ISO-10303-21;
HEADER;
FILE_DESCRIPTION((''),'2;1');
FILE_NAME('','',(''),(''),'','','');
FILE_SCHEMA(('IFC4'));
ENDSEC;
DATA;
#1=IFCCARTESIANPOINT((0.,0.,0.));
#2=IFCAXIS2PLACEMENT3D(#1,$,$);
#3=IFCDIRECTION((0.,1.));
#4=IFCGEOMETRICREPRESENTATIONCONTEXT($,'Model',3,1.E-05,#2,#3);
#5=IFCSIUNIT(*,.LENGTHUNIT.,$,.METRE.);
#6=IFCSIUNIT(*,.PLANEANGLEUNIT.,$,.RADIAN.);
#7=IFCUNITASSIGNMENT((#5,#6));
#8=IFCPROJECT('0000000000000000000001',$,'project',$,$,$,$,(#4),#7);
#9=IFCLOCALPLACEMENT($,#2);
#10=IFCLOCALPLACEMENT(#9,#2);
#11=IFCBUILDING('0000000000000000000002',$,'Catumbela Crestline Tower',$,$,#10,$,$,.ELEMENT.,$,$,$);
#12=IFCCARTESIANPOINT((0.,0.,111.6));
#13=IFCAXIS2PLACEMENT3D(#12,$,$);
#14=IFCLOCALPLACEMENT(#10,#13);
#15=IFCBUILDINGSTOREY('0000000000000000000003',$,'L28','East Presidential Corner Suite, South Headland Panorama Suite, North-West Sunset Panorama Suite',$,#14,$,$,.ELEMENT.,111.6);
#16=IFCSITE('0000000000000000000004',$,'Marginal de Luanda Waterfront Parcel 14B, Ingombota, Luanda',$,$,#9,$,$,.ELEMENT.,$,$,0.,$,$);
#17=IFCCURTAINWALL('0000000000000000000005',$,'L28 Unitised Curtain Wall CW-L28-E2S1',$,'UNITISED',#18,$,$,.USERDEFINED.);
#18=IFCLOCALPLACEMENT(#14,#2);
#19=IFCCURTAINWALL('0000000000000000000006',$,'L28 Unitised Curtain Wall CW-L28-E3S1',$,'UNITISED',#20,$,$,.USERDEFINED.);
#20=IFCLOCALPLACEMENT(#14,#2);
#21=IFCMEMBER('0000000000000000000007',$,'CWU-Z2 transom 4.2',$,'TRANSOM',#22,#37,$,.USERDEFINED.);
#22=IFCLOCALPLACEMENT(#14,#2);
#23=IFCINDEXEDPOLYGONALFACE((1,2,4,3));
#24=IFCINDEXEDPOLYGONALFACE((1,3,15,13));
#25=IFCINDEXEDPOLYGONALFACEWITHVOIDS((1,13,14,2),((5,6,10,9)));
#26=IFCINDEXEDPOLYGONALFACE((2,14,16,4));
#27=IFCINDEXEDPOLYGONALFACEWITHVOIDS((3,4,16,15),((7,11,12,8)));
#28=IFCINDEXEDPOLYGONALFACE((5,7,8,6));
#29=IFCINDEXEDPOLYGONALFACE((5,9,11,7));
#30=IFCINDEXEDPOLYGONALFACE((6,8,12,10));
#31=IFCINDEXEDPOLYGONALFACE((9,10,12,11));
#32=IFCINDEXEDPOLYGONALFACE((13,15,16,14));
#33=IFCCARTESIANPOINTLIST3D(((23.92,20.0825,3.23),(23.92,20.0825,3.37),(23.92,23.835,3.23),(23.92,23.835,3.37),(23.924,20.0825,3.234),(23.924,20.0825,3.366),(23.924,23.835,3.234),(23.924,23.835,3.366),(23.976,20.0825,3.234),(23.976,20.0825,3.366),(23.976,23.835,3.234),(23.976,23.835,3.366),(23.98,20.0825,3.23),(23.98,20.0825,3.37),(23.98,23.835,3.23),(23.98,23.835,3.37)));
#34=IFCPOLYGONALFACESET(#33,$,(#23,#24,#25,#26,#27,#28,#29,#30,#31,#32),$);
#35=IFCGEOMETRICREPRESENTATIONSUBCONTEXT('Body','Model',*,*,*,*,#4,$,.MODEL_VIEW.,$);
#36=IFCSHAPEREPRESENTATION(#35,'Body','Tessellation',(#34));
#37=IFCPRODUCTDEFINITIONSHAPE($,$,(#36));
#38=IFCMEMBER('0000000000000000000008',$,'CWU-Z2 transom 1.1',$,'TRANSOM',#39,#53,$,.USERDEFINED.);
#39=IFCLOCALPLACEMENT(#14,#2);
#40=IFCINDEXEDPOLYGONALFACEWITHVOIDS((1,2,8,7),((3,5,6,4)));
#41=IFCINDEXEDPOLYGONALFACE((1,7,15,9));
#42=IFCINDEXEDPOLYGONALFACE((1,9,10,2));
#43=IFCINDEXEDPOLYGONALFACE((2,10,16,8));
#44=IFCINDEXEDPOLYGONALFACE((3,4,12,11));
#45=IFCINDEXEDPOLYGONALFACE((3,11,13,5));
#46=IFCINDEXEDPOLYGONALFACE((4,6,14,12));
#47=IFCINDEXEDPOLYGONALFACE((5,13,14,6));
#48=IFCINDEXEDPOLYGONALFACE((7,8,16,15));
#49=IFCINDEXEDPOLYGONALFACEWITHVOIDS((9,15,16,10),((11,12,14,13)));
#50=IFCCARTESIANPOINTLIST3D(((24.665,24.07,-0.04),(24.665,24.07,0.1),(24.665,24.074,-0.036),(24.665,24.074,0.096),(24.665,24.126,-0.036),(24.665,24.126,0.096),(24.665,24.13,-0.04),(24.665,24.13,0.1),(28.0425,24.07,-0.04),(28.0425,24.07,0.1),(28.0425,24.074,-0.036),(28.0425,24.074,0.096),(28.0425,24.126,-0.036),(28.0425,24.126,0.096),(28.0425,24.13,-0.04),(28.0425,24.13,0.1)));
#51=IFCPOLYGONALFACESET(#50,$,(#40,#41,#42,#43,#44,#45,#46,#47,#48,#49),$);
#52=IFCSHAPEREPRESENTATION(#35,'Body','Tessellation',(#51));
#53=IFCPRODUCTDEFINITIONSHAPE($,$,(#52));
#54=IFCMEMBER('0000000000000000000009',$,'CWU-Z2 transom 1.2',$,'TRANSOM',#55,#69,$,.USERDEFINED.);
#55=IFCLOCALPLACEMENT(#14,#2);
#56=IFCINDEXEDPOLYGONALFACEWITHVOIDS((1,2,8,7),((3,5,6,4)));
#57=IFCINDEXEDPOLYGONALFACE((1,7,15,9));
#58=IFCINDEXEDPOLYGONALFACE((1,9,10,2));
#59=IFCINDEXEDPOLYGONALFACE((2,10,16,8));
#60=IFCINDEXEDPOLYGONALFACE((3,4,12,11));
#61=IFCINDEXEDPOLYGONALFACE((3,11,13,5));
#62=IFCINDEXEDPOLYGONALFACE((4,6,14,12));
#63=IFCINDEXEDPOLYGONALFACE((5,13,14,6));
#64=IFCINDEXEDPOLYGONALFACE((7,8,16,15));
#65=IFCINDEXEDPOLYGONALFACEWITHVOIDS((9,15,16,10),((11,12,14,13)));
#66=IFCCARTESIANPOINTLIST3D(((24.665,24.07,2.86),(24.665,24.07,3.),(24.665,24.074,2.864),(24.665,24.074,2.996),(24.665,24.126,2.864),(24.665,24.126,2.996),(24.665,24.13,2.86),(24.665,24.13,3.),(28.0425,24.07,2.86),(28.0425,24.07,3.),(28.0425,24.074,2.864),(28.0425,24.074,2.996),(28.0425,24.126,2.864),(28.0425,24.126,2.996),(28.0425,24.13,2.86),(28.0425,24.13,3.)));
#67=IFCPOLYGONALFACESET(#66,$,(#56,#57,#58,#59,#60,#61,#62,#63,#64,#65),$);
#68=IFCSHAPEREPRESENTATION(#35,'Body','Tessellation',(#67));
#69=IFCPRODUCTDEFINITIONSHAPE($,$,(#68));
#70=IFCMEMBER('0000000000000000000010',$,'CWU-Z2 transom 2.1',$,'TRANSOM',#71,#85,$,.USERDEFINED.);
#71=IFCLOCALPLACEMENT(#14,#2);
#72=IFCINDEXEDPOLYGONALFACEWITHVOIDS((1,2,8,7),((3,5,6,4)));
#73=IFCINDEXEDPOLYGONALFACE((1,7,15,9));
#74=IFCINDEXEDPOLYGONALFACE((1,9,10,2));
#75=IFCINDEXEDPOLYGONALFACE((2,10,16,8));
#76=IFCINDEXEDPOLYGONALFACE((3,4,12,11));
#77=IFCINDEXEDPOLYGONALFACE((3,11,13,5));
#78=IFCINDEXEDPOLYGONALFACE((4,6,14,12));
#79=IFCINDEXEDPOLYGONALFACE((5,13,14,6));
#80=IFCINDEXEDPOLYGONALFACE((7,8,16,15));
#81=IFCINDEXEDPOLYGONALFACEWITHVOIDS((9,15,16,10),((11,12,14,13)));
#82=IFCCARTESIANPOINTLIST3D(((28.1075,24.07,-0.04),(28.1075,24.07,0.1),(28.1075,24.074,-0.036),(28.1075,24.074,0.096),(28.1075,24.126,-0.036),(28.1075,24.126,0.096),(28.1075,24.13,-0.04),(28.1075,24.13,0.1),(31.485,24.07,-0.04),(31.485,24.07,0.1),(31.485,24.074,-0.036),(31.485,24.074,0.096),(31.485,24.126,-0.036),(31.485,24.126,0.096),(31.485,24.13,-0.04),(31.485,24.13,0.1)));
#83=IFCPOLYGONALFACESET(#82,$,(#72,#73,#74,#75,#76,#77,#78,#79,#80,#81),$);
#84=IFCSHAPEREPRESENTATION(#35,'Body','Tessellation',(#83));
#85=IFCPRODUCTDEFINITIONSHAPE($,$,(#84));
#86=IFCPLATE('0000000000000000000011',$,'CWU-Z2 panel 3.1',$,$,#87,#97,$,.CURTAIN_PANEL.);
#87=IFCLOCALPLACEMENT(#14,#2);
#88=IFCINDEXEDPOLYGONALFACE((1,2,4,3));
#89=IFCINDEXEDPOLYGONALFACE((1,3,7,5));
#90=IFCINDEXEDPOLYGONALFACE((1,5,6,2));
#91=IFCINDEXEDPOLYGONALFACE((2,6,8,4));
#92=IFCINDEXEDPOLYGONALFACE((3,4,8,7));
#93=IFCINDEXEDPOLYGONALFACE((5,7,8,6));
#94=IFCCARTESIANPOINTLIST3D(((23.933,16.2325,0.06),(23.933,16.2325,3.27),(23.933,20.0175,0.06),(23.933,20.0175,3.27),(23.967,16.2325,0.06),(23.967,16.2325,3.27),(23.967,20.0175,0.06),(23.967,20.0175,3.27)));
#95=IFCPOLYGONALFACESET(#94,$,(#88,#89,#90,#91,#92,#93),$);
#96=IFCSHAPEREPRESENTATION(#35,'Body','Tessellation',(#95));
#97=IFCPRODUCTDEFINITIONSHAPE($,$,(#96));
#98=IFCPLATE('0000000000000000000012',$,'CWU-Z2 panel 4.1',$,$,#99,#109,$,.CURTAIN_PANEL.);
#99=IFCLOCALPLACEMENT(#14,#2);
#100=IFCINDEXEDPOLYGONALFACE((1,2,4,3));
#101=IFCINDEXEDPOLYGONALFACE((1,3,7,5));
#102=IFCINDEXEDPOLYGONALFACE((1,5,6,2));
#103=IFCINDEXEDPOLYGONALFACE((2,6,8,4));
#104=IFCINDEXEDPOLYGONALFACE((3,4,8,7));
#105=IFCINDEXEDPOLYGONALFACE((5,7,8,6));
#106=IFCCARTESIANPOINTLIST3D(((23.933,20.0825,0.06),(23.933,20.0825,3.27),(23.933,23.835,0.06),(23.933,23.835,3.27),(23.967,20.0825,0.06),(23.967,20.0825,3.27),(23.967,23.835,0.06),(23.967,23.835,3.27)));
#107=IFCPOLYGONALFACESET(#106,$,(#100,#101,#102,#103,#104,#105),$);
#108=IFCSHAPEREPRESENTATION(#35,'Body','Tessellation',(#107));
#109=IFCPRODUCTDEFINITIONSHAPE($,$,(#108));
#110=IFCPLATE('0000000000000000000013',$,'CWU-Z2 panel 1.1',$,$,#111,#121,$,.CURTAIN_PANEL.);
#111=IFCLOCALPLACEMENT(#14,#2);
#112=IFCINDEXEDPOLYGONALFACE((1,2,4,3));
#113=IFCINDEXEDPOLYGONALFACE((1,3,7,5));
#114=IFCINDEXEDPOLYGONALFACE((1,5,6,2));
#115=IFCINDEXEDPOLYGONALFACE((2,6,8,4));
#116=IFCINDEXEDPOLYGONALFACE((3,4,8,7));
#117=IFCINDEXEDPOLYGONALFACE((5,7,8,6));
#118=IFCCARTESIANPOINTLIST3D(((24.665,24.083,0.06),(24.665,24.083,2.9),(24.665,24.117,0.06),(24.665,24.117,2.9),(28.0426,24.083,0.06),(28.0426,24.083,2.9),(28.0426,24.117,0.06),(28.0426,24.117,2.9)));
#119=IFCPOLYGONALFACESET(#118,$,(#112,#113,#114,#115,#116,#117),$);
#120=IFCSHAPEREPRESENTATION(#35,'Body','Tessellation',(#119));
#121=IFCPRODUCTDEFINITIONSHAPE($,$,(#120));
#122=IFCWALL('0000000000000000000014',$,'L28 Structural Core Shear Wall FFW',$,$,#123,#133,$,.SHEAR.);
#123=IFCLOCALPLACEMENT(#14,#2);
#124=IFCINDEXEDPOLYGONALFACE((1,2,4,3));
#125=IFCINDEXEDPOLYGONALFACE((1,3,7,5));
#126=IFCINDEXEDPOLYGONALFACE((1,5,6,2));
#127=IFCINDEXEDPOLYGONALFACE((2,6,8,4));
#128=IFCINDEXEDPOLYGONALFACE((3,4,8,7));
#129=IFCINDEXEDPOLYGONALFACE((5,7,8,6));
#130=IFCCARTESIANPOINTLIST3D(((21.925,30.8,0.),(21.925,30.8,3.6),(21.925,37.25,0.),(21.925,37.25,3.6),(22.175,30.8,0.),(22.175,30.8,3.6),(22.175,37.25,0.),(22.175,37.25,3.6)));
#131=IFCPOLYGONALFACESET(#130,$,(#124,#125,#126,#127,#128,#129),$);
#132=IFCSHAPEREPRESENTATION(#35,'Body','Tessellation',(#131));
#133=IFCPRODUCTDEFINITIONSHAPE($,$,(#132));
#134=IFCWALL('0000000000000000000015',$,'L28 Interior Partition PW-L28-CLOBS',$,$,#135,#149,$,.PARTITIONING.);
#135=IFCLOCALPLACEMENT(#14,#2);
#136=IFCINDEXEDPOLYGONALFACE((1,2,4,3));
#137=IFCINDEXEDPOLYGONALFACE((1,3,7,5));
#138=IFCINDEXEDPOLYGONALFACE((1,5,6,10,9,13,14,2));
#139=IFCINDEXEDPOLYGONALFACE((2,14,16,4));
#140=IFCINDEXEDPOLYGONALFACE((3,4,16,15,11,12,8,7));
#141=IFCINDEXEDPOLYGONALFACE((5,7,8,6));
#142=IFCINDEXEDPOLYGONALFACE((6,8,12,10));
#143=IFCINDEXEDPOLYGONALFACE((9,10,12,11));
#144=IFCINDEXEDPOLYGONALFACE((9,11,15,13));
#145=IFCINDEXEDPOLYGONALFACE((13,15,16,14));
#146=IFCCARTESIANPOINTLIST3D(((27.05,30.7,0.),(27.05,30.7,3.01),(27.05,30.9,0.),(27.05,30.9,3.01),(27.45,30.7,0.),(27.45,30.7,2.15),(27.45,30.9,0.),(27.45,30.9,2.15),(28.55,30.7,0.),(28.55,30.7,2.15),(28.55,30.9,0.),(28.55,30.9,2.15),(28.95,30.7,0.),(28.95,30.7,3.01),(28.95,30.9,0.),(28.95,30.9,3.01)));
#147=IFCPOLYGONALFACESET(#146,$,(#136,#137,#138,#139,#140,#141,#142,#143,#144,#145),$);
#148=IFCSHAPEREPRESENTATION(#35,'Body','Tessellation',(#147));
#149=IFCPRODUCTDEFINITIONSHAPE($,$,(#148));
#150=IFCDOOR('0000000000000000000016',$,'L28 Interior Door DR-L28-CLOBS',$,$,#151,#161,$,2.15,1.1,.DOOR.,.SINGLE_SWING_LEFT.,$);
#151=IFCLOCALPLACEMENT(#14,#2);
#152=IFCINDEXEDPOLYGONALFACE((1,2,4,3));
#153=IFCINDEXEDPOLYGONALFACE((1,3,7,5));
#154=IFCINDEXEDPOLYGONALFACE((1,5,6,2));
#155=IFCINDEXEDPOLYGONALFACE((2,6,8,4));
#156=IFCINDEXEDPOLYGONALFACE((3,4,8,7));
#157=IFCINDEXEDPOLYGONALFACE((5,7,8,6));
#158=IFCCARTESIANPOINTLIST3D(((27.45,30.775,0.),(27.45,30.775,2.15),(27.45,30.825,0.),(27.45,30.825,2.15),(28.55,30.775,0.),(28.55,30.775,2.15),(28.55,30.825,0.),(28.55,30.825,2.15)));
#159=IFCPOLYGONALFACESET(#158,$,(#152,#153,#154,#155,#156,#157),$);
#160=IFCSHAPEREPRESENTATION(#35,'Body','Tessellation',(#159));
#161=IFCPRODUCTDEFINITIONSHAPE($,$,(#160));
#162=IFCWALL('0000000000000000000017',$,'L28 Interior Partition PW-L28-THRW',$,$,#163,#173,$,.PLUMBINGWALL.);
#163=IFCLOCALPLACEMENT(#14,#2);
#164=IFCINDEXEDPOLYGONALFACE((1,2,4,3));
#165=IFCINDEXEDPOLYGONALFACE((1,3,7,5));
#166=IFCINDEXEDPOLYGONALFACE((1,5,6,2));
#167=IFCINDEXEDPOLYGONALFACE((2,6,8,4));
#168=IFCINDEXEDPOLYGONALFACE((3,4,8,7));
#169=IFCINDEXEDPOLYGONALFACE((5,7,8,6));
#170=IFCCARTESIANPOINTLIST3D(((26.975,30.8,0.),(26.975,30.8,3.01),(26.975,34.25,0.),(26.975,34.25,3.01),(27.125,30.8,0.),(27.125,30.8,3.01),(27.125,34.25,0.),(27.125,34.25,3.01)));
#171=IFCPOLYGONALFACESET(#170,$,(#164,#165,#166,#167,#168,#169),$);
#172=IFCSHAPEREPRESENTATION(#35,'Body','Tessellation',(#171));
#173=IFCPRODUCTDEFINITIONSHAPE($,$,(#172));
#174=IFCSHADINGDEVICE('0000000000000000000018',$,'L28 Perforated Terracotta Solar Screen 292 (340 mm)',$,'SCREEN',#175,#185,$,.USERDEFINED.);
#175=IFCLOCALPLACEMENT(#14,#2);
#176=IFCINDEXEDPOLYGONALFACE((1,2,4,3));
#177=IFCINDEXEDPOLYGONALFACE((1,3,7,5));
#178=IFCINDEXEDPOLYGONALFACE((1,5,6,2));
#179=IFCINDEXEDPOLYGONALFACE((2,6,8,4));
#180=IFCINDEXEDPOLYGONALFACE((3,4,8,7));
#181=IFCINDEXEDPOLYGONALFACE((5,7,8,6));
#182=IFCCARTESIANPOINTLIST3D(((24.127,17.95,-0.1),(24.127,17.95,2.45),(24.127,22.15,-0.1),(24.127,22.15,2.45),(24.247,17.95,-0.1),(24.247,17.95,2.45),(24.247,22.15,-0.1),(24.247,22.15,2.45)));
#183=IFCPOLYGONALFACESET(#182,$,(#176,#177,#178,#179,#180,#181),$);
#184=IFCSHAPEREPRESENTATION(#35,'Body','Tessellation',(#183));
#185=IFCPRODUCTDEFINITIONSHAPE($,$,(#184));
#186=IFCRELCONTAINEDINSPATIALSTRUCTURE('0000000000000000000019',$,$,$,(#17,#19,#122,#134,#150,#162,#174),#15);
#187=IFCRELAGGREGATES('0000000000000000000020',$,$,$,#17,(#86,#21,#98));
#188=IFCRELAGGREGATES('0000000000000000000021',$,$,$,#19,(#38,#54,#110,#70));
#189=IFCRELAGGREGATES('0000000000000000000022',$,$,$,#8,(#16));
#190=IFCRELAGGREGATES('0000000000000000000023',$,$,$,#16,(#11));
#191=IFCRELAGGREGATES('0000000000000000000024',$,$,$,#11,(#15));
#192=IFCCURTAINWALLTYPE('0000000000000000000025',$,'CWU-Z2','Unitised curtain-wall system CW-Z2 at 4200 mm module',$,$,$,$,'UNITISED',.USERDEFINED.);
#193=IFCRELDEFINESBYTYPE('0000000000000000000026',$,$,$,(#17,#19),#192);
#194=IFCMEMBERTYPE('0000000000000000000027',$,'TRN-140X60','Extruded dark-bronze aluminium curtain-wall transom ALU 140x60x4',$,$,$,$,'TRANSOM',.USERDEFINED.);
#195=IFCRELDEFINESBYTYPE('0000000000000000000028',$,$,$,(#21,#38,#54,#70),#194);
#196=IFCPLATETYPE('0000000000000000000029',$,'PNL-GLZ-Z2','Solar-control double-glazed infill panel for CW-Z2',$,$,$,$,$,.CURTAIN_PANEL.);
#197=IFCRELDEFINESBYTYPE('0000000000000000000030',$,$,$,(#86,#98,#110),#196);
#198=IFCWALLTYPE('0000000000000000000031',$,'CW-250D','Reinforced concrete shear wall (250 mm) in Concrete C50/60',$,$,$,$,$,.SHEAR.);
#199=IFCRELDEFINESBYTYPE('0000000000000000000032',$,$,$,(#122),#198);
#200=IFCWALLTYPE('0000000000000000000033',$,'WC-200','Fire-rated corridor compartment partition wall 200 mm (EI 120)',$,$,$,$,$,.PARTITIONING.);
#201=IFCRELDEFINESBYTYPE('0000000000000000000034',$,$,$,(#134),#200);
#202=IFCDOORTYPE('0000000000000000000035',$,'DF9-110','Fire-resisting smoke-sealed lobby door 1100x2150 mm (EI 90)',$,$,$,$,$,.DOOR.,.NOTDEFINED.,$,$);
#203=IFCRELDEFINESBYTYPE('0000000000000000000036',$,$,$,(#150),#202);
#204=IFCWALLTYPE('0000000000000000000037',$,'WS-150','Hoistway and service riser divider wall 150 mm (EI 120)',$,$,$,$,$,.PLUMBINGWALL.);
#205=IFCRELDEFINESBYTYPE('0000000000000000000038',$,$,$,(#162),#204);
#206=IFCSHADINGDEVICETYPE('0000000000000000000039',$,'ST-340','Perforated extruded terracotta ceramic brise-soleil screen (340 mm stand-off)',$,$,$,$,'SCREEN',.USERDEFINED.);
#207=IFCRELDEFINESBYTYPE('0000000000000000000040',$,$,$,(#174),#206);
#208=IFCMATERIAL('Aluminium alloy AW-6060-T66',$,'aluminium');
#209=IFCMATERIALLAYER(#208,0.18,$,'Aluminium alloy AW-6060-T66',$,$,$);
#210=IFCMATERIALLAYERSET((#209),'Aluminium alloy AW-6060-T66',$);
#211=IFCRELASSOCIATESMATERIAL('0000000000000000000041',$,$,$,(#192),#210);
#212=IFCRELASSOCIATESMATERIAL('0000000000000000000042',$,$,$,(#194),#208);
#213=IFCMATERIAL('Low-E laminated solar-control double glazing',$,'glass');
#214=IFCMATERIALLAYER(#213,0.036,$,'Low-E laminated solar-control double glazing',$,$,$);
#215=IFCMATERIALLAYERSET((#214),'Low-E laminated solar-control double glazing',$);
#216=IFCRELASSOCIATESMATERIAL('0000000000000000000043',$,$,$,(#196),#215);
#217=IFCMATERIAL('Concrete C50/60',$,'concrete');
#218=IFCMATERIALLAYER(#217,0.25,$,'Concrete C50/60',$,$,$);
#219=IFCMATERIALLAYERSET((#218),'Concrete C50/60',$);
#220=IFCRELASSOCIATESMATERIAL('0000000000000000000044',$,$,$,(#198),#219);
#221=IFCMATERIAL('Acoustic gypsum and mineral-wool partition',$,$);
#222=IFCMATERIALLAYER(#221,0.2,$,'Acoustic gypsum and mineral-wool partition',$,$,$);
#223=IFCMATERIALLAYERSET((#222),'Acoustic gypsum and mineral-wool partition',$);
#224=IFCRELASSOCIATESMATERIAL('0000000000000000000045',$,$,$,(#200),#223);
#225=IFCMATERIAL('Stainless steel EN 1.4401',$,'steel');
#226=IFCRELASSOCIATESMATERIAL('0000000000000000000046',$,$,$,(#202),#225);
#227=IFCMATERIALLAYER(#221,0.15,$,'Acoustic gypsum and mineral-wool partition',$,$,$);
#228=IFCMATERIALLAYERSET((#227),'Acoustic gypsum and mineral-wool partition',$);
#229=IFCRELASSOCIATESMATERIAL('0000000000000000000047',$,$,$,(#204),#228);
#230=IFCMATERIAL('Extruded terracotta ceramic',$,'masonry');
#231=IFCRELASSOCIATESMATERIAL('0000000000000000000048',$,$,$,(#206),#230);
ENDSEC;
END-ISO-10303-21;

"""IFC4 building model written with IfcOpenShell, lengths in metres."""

from ifc_helpers import new_model, si_unit, direction, frame, frame_2d, origin, origin_2d, place, context, subcontext, project, spatial, rectangle, hollow_rectangle, extrude, material, layer, layer_set, material_profile, profile_set, type_object, element, fill, aggregate, save


model = new_model("IFC4")

# Units and contexts
model_context = context("Model", 3, precision=1e-05, world=origin(), true_north=direction((0.0, 1.0)))
body_context = subcontext(model_context, "Body", "Model", "MODEL_VIEW")
ifc_project = project(units=[si_unit("LENGTHUNIT", "METRE"), si_unit("PLANEANGLEUNIT", "RADIAN")], contexts=[model_context])

# Site, building, storey
site_placement = place(None, origin())
site = spatial("IfcSite", under=ifc_project, at=site_placement, Name="Marginal de Luanda Waterfront Parcel 14B, Ingombota, Luanda", CompositionType="ELEMENT", RefElevation=0.0)
building_placement = place(site_placement, origin())
building = spatial("IfcBuilding", under=site, at=building_placement, Name="Catumbela Crestline Tower", CompositionType="ELEMENT")
storey_placement = place(building_placement, frame((0.0, 0.0, 111.6)))
storey = spatial("IfcBuildingStorey", under=building, at=storey_placement, Name="L28", Description="East Presidential Corner Suite, South Headland Panorama Suite, North-West Sunset Panorama Suite", CompositionType="ELEMENT", Elevation=111.6)

# Shared definitions
ifc_material_1 = material(Name="Concrete C50/60", Category="concrete")

# Curtain walls
ifc_material_2 = material(Name="Aluminium alloy AW-6060-T66", Category="aluminium")
ifc_layer_1 = layer(ifc_material_2, 0.18, Name="Aluminium alloy AW-6060-T66")
ifc_layer_set_1 = layer_set([ifc_layer_1], Name="Aluminium alloy AW-6060-T66")
curtain_wall_type = type_object("IfcCurtainWallType", Name="CWU-Z2", Description="Unitised curtain-wall system CW-Z2 at 4200 mm module", ElementType="UNITISED", PredefinedType="USERDEFINED", material=ifc_layer_set_1)
curtain_wall_1_placement = place(storey_placement, origin())
curtain_wall_1 = element("IfcCurtainWall", 1, at=curtain_wall_1_placement, inside=storey, type_object=curtain_wall_type, Name="L28 Unitised Curtain Wall CW-L28-E2S1", ObjectType="UNITISED", PredefinedType="USERDEFINED")
curtain_wall_2_placement = place(storey_placement, origin())
curtain_wall_2 = element("IfcCurtainWall", 2, at=curtain_wall_2_placement, inside=storey, type_object=curtain_wall_type, Name="L28 Unitised Curtain Wall CW-L28-E3S1", ObjectType="UNITISED", PredefinedType="USERDEFINED")

# Members
ifc_material_profile_1 = material_profile(ifc_material_2, hollow_rectangle(XDim=0.06, YDim=0.14, WallThickness=0.004, at=origin_2d()), Name="ALU 140x60x4")
ifc_profile_set_1 = profile_set([ifc_material_profile_1], Name="Aluminium alloy AW-6060-T66")
member_type_1 = type_object("IfcMemberType", Name="TRN-140X60", Description="Extruded dark-bronze aluminium curtain-wall transom ALU 140x60x4", ElementType="TRANSOM", PredefinedType="USERDEFINED", material=ifc_profile_set_1)
member_1_placement = place(storey_placement, frame((23.95, 20.0825, 3.3), z_axis=(0.0, 1.0, 0.0), x_axis=(-1.0, 0.0, 0.0)))
member_1 = element("IfcMember", 3, at=member_1_placement, type_object=member_type_1, Name="CWU-Z2 transom 4.2", ObjectType="TRANSOM", PredefinedType="USERDEFINED", context=body_context, shape_type="SweptSolid", body=[
    extrude(hollow_rectangle(XDim=0.06, YDim=0.14, WallThickness=0.004, at=origin_2d()), origin(), (0.0, 0.0, 1.0), 3.7525),
])
member_2_placement = place(storey_placement, frame((24.665, 24.1, 0.03), z_axis=(1.0, 0.0, 0.0), x_axis=(0.0, 1.0, 0.0)))
member_2 = element("IfcMember", 4, at=member_2_placement, type_object=member_type_1, Name="CWU-Z2 transom 1.1", ObjectType="TRANSOM", PredefinedType="USERDEFINED", context=body_context, shape_type="SweptSolid", body=[
    extrude(hollow_rectangle(XDim=0.06, YDim=0.14, WallThickness=0.004, at=origin_2d()), origin(), (0.0, 0.0, 1.0), 3.3775),
])
member_3_placement = place(storey_placement, frame((24.665, 24.1, 2.93), z_axis=(1.0, 0.0, 0.0), x_axis=(0.0, 1.0, 0.0)))
member_3 = element("IfcMember", 5, at=member_3_placement, type_object=member_type_1, Name="CWU-Z2 transom 1.2", ObjectType="TRANSOM", PredefinedType="USERDEFINED", context=body_context, shape_type="SweptSolid", body=[
    extrude(hollow_rectangle(XDim=0.06, YDim=0.14, WallThickness=0.004, at=origin_2d()), origin(), (0.0, 0.0, 1.0), 3.3775),
])
member_4_placement = place(storey_placement, frame((28.1075, 24.1, 0.03), z_axis=(1.0, 0.0, 0.0), x_axis=(0.0, 1.0, 0.0)))
member_4 = element("IfcMember", 6, at=member_4_placement, type_object=member_type_1, Name="CWU-Z2 transom 2.1", ObjectType="TRANSOM", PredefinedType="USERDEFINED", context=body_context, shape_type="SweptSolid", body=[
    extrude(hollow_rectangle(XDim=0.06, YDim=0.14, WallThickness=0.004, at=origin_2d()), origin(), (0.0, 0.0, 1.0), 3.3775),
])

# Plates
ifc_material_3 = material(Name="Low-E laminated solar-control double glazing", Category="glass")
ifc_layer_2 = layer(ifc_material_3, 0.036, Name="Low-E laminated solar-control double glazing")
ifc_layer_set_2 = layer_set([ifc_layer_2], Name="Low-E laminated solar-control double glazing")
plate_type = type_object("IfcPlateType", Name="PNL-GLZ-Z2", Description="Solar-control double-glazed infill panel for CW-Z2", PredefinedType="CURTAIN_PANEL", material=ifc_layer_set_2)
plate_1_placement = place(storey_placement, frame((23.95, 18.125, 0.06), z_axis=(0.0, 0.0, 1.0), x_axis=(0.0, 1.0, 0.0)))
plate_1 = element("IfcPlate", 7, at=plate_1_placement, type_object=plate_type, Name="CWU-Z2 panel 3.1", PredefinedType="CURTAIN_PANEL", context=body_context, shape_type="SweptSolid", body=[
    extrude(rectangle(XDim=3.785, YDim=0.034, at=origin_2d()), origin(), (0.0, 0.0, 1.0), 3.21),
])
plate_2_placement = place(storey_placement, frame((23.95, 21.9587, 0.06), z_axis=(0.0, 0.0, 1.0), x_axis=(0.0, 1.0, 0.0)))
plate_2 = element("IfcPlate", 8, at=plate_2_placement, type_object=plate_type, Name="CWU-Z2 panel 4.1", PredefinedType="CURTAIN_PANEL", context=body_context, shape_type="SweptSolid", body=[
    extrude(rectangle(XDim=3.7525, YDim=0.034, at=origin_2d()), origin(), (0.0, 0.0, 1.0), 3.21),
])
aggregate(curtain_wall_1, [plate_1, member_1, plate_2])
plate_3_placement = place(storey_placement, frame((26.3538, 24.1, 0.06), z_axis=(0.0, 0.0, 1.0), x_axis=(1.0, 0.0, 0.0)))
plate_3 = element("IfcPlate", 9, at=plate_3_placement, type_object=plate_type, Name="CWU-Z2 panel 1.1", PredefinedType="CURTAIN_PANEL", context=body_context, shape_type="SweptSolid", body=[
    extrude(rectangle(XDim=3.3775, YDim=0.034, at=origin_2d()), origin(), (0.0, 0.0, 1.0), 2.84),
])
aggregate(curtain_wall_2, [member_2, member_3, plate_3, member_4])

# Wall
ifc_layer_3 = layer(ifc_material_1, 0.25, Name="Concrete C50/60")
ifc_layer_set_3 = layer_set([ifc_layer_3], Name="Concrete C50/60")
wall_type_1 = type_object("IfcWallType", Name="CW-250D", Description="Reinforced concrete shear wall (250 mm) in Concrete C50/60", PredefinedType="SHEAR", material=ifc_layer_set_3)
wall_1_placement = place(storey_placement, frame((22.05, 30.8, 0.0), z_axis=(0.0, 0.0, 1.0), x_axis=(0.0, 1.0, 0.0)))
element("IfcWall", 10, at=wall_1_placement, inside=storey, type_object=wall_type_1, Name="L28 Structural Core Shear Wall FFW", PredefinedType="SHEAR", context=body_context, shape_type="SweptSolid", body=[
    extrude(rectangle(XDim=6.45, YDim=0.25, at=frame_2d((3.225, 0.0))), origin(), (0.0, 0.0, 1.0), 3.6),
])

# Wall, opening, door
ifc_material_4 = material(Name="Acoustic gypsum and mineral-wool partition")
ifc_layer_4 = layer(ifc_material_4, 0.2, Name="Acoustic gypsum and mineral-wool partition")
ifc_layer_set_4 = layer_set([ifc_layer_4], Name="Acoustic gypsum and mineral-wool partition")
wall_type_2 = type_object("IfcWallType", Name="WC-200", Description="Fire-rated corridor compartment partition wall 200 mm (EI 120)", PredefinedType="PARTITIONING", material=ifc_layer_set_4)
wall_2_placement = place(storey_placement, frame((27.05, 30.8, 0.0), z_axis=(0.0, 0.0, 1.0), x_axis=(1.0, 0.0, 0.0)))
wall_2 = element("IfcWall", 11, at=wall_2_placement, inside=storey, type_object=wall_type_2, Name="L28 Interior Partition PW-L28-CLOBS", PredefinedType="PARTITIONING", context=body_context, shape_type="SweptSolid", body=[
    extrude(rectangle(XDim=1.9, YDim=0.2, at=frame_2d((0.95, 0.0))), origin(), (0.0, 0.0, 1.0), 3.01),
])
opening_placement = place(wall_2_placement, frame((0.4, 0.0, 0.0)))
opening = element("IfcOpeningElement", 12, at=opening_placement, cuts=wall_2, PredefinedType="OPENING", context=body_context, shape_type="SweptSolid", body=[
    extrude(rectangle(XDim=1.1, YDim=2.15, at=frame_2d((0.55, 1.075))), frame((0.0, 0.11, 0.0), z_axis=(0.0, -1.0, 0.0), x_axis=(1.0, 0.0, 0.0)), (0.0, 0.0, 1.0), 0.22),
])
ifc_material_5 = material(Name="Stainless steel EN 1.4401", Category="steel")
door_type = type_object("IfcDoorType", Name="DF9-110", Description="Fire-resisting smoke-sealed lobby door 1100x2150 mm (EI 90)", OperationType="NOTDEFINED", PredefinedType="DOOR", material=ifc_material_5)
door_placement = place(opening_placement, origin())
door = element("IfcDoor", 13, at=door_placement, inside=storey, type_object=door_type, Name="L28 Interior Door DR-L28-CLOBS", OperationType="SINGLE_SWING_LEFT", OverallHeight=2.15, OverallWidth=1.1, PredefinedType="DOOR", context=body_context, shape_type="SweptSolid", body=[
    extrude(rectangle(XDim=1.1, YDim=2.15, at=frame_2d((0.55, 1.075))), frame((0.0, 0.025, 0.0), z_axis=(0.0, -1.0, 0.0), x_axis=(1.0, 0.0, 0.0)), (0.0, 0.0, 1.0), 0.05),
])
fill(opening, door)

# Wall
ifc_layer_5 = layer(ifc_material_4, 0.15, Name="Acoustic gypsum and mineral-wool partition")
ifc_layer_set_5 = layer_set([ifc_layer_5], Name="Acoustic gypsum and mineral-wool partition")
wall_type_3 = type_object("IfcWallType", Name="WS-150", Description="Hoistway and service riser divider wall 150 mm (EI 120)", PredefinedType="PLUMBINGWALL", material=ifc_layer_set_5)
wall_3_placement = place(storey_placement, frame((27.05, 30.8, 0.0), z_axis=(0.0, 0.0, 1.0), x_axis=(0.0, 1.0, 0.0)))
element("IfcWall", 14, at=wall_3_placement, inside=storey, type_object=wall_type_3, Name="L28 Interior Partition PW-L28-THRW", PredefinedType="PLUMBINGWALL", context=body_context, shape_type="SweptSolid", body=[
    extrude(rectangle(XDim=3.45, YDim=0.15, at=frame_2d((1.725, 0.0))), origin(), (0.0, 0.0, 1.0), 3.01),
])

# Shading device
ifc_material_6 = material(Name="Extruded terracotta ceramic", Category="masonry")
shading_device_type = type_object("IfcShadingDeviceType", Name="ST-340", Description="Perforated extruded terracotta ceramic brise-soleil screen (340 mm stand-off)", ElementType="SCREEN", PredefinedType="USERDEFINED", material=ifc_material_6)
for number, where, z_axis, x_axis, name in (
    (15, (24.187, 20.05, -0.1), (0.0, 0.0, 1.0), (0.0, 1.0, 0.0), "L28 Perforated Terracotta Solar Screen 292 (340 mm)"),
):
    element("IfcShadingDevice", number, at=place(storey_placement, frame(where, z_axis=z_axis, x_axis=x_axis)), inside=storey, type_object=shading_device_type, Name=name, ObjectType="SCREEN", PredefinedType="USERDEFINED", context=body_context, shape_type="SweptSolid", body=[
        extrude(rectangle(XDim=4.2, YDim=0.12, at=origin_2d()), origin(), (0.0, 0.0, 1.0), 2.55),
    ])

save(model, "model.ifc")
